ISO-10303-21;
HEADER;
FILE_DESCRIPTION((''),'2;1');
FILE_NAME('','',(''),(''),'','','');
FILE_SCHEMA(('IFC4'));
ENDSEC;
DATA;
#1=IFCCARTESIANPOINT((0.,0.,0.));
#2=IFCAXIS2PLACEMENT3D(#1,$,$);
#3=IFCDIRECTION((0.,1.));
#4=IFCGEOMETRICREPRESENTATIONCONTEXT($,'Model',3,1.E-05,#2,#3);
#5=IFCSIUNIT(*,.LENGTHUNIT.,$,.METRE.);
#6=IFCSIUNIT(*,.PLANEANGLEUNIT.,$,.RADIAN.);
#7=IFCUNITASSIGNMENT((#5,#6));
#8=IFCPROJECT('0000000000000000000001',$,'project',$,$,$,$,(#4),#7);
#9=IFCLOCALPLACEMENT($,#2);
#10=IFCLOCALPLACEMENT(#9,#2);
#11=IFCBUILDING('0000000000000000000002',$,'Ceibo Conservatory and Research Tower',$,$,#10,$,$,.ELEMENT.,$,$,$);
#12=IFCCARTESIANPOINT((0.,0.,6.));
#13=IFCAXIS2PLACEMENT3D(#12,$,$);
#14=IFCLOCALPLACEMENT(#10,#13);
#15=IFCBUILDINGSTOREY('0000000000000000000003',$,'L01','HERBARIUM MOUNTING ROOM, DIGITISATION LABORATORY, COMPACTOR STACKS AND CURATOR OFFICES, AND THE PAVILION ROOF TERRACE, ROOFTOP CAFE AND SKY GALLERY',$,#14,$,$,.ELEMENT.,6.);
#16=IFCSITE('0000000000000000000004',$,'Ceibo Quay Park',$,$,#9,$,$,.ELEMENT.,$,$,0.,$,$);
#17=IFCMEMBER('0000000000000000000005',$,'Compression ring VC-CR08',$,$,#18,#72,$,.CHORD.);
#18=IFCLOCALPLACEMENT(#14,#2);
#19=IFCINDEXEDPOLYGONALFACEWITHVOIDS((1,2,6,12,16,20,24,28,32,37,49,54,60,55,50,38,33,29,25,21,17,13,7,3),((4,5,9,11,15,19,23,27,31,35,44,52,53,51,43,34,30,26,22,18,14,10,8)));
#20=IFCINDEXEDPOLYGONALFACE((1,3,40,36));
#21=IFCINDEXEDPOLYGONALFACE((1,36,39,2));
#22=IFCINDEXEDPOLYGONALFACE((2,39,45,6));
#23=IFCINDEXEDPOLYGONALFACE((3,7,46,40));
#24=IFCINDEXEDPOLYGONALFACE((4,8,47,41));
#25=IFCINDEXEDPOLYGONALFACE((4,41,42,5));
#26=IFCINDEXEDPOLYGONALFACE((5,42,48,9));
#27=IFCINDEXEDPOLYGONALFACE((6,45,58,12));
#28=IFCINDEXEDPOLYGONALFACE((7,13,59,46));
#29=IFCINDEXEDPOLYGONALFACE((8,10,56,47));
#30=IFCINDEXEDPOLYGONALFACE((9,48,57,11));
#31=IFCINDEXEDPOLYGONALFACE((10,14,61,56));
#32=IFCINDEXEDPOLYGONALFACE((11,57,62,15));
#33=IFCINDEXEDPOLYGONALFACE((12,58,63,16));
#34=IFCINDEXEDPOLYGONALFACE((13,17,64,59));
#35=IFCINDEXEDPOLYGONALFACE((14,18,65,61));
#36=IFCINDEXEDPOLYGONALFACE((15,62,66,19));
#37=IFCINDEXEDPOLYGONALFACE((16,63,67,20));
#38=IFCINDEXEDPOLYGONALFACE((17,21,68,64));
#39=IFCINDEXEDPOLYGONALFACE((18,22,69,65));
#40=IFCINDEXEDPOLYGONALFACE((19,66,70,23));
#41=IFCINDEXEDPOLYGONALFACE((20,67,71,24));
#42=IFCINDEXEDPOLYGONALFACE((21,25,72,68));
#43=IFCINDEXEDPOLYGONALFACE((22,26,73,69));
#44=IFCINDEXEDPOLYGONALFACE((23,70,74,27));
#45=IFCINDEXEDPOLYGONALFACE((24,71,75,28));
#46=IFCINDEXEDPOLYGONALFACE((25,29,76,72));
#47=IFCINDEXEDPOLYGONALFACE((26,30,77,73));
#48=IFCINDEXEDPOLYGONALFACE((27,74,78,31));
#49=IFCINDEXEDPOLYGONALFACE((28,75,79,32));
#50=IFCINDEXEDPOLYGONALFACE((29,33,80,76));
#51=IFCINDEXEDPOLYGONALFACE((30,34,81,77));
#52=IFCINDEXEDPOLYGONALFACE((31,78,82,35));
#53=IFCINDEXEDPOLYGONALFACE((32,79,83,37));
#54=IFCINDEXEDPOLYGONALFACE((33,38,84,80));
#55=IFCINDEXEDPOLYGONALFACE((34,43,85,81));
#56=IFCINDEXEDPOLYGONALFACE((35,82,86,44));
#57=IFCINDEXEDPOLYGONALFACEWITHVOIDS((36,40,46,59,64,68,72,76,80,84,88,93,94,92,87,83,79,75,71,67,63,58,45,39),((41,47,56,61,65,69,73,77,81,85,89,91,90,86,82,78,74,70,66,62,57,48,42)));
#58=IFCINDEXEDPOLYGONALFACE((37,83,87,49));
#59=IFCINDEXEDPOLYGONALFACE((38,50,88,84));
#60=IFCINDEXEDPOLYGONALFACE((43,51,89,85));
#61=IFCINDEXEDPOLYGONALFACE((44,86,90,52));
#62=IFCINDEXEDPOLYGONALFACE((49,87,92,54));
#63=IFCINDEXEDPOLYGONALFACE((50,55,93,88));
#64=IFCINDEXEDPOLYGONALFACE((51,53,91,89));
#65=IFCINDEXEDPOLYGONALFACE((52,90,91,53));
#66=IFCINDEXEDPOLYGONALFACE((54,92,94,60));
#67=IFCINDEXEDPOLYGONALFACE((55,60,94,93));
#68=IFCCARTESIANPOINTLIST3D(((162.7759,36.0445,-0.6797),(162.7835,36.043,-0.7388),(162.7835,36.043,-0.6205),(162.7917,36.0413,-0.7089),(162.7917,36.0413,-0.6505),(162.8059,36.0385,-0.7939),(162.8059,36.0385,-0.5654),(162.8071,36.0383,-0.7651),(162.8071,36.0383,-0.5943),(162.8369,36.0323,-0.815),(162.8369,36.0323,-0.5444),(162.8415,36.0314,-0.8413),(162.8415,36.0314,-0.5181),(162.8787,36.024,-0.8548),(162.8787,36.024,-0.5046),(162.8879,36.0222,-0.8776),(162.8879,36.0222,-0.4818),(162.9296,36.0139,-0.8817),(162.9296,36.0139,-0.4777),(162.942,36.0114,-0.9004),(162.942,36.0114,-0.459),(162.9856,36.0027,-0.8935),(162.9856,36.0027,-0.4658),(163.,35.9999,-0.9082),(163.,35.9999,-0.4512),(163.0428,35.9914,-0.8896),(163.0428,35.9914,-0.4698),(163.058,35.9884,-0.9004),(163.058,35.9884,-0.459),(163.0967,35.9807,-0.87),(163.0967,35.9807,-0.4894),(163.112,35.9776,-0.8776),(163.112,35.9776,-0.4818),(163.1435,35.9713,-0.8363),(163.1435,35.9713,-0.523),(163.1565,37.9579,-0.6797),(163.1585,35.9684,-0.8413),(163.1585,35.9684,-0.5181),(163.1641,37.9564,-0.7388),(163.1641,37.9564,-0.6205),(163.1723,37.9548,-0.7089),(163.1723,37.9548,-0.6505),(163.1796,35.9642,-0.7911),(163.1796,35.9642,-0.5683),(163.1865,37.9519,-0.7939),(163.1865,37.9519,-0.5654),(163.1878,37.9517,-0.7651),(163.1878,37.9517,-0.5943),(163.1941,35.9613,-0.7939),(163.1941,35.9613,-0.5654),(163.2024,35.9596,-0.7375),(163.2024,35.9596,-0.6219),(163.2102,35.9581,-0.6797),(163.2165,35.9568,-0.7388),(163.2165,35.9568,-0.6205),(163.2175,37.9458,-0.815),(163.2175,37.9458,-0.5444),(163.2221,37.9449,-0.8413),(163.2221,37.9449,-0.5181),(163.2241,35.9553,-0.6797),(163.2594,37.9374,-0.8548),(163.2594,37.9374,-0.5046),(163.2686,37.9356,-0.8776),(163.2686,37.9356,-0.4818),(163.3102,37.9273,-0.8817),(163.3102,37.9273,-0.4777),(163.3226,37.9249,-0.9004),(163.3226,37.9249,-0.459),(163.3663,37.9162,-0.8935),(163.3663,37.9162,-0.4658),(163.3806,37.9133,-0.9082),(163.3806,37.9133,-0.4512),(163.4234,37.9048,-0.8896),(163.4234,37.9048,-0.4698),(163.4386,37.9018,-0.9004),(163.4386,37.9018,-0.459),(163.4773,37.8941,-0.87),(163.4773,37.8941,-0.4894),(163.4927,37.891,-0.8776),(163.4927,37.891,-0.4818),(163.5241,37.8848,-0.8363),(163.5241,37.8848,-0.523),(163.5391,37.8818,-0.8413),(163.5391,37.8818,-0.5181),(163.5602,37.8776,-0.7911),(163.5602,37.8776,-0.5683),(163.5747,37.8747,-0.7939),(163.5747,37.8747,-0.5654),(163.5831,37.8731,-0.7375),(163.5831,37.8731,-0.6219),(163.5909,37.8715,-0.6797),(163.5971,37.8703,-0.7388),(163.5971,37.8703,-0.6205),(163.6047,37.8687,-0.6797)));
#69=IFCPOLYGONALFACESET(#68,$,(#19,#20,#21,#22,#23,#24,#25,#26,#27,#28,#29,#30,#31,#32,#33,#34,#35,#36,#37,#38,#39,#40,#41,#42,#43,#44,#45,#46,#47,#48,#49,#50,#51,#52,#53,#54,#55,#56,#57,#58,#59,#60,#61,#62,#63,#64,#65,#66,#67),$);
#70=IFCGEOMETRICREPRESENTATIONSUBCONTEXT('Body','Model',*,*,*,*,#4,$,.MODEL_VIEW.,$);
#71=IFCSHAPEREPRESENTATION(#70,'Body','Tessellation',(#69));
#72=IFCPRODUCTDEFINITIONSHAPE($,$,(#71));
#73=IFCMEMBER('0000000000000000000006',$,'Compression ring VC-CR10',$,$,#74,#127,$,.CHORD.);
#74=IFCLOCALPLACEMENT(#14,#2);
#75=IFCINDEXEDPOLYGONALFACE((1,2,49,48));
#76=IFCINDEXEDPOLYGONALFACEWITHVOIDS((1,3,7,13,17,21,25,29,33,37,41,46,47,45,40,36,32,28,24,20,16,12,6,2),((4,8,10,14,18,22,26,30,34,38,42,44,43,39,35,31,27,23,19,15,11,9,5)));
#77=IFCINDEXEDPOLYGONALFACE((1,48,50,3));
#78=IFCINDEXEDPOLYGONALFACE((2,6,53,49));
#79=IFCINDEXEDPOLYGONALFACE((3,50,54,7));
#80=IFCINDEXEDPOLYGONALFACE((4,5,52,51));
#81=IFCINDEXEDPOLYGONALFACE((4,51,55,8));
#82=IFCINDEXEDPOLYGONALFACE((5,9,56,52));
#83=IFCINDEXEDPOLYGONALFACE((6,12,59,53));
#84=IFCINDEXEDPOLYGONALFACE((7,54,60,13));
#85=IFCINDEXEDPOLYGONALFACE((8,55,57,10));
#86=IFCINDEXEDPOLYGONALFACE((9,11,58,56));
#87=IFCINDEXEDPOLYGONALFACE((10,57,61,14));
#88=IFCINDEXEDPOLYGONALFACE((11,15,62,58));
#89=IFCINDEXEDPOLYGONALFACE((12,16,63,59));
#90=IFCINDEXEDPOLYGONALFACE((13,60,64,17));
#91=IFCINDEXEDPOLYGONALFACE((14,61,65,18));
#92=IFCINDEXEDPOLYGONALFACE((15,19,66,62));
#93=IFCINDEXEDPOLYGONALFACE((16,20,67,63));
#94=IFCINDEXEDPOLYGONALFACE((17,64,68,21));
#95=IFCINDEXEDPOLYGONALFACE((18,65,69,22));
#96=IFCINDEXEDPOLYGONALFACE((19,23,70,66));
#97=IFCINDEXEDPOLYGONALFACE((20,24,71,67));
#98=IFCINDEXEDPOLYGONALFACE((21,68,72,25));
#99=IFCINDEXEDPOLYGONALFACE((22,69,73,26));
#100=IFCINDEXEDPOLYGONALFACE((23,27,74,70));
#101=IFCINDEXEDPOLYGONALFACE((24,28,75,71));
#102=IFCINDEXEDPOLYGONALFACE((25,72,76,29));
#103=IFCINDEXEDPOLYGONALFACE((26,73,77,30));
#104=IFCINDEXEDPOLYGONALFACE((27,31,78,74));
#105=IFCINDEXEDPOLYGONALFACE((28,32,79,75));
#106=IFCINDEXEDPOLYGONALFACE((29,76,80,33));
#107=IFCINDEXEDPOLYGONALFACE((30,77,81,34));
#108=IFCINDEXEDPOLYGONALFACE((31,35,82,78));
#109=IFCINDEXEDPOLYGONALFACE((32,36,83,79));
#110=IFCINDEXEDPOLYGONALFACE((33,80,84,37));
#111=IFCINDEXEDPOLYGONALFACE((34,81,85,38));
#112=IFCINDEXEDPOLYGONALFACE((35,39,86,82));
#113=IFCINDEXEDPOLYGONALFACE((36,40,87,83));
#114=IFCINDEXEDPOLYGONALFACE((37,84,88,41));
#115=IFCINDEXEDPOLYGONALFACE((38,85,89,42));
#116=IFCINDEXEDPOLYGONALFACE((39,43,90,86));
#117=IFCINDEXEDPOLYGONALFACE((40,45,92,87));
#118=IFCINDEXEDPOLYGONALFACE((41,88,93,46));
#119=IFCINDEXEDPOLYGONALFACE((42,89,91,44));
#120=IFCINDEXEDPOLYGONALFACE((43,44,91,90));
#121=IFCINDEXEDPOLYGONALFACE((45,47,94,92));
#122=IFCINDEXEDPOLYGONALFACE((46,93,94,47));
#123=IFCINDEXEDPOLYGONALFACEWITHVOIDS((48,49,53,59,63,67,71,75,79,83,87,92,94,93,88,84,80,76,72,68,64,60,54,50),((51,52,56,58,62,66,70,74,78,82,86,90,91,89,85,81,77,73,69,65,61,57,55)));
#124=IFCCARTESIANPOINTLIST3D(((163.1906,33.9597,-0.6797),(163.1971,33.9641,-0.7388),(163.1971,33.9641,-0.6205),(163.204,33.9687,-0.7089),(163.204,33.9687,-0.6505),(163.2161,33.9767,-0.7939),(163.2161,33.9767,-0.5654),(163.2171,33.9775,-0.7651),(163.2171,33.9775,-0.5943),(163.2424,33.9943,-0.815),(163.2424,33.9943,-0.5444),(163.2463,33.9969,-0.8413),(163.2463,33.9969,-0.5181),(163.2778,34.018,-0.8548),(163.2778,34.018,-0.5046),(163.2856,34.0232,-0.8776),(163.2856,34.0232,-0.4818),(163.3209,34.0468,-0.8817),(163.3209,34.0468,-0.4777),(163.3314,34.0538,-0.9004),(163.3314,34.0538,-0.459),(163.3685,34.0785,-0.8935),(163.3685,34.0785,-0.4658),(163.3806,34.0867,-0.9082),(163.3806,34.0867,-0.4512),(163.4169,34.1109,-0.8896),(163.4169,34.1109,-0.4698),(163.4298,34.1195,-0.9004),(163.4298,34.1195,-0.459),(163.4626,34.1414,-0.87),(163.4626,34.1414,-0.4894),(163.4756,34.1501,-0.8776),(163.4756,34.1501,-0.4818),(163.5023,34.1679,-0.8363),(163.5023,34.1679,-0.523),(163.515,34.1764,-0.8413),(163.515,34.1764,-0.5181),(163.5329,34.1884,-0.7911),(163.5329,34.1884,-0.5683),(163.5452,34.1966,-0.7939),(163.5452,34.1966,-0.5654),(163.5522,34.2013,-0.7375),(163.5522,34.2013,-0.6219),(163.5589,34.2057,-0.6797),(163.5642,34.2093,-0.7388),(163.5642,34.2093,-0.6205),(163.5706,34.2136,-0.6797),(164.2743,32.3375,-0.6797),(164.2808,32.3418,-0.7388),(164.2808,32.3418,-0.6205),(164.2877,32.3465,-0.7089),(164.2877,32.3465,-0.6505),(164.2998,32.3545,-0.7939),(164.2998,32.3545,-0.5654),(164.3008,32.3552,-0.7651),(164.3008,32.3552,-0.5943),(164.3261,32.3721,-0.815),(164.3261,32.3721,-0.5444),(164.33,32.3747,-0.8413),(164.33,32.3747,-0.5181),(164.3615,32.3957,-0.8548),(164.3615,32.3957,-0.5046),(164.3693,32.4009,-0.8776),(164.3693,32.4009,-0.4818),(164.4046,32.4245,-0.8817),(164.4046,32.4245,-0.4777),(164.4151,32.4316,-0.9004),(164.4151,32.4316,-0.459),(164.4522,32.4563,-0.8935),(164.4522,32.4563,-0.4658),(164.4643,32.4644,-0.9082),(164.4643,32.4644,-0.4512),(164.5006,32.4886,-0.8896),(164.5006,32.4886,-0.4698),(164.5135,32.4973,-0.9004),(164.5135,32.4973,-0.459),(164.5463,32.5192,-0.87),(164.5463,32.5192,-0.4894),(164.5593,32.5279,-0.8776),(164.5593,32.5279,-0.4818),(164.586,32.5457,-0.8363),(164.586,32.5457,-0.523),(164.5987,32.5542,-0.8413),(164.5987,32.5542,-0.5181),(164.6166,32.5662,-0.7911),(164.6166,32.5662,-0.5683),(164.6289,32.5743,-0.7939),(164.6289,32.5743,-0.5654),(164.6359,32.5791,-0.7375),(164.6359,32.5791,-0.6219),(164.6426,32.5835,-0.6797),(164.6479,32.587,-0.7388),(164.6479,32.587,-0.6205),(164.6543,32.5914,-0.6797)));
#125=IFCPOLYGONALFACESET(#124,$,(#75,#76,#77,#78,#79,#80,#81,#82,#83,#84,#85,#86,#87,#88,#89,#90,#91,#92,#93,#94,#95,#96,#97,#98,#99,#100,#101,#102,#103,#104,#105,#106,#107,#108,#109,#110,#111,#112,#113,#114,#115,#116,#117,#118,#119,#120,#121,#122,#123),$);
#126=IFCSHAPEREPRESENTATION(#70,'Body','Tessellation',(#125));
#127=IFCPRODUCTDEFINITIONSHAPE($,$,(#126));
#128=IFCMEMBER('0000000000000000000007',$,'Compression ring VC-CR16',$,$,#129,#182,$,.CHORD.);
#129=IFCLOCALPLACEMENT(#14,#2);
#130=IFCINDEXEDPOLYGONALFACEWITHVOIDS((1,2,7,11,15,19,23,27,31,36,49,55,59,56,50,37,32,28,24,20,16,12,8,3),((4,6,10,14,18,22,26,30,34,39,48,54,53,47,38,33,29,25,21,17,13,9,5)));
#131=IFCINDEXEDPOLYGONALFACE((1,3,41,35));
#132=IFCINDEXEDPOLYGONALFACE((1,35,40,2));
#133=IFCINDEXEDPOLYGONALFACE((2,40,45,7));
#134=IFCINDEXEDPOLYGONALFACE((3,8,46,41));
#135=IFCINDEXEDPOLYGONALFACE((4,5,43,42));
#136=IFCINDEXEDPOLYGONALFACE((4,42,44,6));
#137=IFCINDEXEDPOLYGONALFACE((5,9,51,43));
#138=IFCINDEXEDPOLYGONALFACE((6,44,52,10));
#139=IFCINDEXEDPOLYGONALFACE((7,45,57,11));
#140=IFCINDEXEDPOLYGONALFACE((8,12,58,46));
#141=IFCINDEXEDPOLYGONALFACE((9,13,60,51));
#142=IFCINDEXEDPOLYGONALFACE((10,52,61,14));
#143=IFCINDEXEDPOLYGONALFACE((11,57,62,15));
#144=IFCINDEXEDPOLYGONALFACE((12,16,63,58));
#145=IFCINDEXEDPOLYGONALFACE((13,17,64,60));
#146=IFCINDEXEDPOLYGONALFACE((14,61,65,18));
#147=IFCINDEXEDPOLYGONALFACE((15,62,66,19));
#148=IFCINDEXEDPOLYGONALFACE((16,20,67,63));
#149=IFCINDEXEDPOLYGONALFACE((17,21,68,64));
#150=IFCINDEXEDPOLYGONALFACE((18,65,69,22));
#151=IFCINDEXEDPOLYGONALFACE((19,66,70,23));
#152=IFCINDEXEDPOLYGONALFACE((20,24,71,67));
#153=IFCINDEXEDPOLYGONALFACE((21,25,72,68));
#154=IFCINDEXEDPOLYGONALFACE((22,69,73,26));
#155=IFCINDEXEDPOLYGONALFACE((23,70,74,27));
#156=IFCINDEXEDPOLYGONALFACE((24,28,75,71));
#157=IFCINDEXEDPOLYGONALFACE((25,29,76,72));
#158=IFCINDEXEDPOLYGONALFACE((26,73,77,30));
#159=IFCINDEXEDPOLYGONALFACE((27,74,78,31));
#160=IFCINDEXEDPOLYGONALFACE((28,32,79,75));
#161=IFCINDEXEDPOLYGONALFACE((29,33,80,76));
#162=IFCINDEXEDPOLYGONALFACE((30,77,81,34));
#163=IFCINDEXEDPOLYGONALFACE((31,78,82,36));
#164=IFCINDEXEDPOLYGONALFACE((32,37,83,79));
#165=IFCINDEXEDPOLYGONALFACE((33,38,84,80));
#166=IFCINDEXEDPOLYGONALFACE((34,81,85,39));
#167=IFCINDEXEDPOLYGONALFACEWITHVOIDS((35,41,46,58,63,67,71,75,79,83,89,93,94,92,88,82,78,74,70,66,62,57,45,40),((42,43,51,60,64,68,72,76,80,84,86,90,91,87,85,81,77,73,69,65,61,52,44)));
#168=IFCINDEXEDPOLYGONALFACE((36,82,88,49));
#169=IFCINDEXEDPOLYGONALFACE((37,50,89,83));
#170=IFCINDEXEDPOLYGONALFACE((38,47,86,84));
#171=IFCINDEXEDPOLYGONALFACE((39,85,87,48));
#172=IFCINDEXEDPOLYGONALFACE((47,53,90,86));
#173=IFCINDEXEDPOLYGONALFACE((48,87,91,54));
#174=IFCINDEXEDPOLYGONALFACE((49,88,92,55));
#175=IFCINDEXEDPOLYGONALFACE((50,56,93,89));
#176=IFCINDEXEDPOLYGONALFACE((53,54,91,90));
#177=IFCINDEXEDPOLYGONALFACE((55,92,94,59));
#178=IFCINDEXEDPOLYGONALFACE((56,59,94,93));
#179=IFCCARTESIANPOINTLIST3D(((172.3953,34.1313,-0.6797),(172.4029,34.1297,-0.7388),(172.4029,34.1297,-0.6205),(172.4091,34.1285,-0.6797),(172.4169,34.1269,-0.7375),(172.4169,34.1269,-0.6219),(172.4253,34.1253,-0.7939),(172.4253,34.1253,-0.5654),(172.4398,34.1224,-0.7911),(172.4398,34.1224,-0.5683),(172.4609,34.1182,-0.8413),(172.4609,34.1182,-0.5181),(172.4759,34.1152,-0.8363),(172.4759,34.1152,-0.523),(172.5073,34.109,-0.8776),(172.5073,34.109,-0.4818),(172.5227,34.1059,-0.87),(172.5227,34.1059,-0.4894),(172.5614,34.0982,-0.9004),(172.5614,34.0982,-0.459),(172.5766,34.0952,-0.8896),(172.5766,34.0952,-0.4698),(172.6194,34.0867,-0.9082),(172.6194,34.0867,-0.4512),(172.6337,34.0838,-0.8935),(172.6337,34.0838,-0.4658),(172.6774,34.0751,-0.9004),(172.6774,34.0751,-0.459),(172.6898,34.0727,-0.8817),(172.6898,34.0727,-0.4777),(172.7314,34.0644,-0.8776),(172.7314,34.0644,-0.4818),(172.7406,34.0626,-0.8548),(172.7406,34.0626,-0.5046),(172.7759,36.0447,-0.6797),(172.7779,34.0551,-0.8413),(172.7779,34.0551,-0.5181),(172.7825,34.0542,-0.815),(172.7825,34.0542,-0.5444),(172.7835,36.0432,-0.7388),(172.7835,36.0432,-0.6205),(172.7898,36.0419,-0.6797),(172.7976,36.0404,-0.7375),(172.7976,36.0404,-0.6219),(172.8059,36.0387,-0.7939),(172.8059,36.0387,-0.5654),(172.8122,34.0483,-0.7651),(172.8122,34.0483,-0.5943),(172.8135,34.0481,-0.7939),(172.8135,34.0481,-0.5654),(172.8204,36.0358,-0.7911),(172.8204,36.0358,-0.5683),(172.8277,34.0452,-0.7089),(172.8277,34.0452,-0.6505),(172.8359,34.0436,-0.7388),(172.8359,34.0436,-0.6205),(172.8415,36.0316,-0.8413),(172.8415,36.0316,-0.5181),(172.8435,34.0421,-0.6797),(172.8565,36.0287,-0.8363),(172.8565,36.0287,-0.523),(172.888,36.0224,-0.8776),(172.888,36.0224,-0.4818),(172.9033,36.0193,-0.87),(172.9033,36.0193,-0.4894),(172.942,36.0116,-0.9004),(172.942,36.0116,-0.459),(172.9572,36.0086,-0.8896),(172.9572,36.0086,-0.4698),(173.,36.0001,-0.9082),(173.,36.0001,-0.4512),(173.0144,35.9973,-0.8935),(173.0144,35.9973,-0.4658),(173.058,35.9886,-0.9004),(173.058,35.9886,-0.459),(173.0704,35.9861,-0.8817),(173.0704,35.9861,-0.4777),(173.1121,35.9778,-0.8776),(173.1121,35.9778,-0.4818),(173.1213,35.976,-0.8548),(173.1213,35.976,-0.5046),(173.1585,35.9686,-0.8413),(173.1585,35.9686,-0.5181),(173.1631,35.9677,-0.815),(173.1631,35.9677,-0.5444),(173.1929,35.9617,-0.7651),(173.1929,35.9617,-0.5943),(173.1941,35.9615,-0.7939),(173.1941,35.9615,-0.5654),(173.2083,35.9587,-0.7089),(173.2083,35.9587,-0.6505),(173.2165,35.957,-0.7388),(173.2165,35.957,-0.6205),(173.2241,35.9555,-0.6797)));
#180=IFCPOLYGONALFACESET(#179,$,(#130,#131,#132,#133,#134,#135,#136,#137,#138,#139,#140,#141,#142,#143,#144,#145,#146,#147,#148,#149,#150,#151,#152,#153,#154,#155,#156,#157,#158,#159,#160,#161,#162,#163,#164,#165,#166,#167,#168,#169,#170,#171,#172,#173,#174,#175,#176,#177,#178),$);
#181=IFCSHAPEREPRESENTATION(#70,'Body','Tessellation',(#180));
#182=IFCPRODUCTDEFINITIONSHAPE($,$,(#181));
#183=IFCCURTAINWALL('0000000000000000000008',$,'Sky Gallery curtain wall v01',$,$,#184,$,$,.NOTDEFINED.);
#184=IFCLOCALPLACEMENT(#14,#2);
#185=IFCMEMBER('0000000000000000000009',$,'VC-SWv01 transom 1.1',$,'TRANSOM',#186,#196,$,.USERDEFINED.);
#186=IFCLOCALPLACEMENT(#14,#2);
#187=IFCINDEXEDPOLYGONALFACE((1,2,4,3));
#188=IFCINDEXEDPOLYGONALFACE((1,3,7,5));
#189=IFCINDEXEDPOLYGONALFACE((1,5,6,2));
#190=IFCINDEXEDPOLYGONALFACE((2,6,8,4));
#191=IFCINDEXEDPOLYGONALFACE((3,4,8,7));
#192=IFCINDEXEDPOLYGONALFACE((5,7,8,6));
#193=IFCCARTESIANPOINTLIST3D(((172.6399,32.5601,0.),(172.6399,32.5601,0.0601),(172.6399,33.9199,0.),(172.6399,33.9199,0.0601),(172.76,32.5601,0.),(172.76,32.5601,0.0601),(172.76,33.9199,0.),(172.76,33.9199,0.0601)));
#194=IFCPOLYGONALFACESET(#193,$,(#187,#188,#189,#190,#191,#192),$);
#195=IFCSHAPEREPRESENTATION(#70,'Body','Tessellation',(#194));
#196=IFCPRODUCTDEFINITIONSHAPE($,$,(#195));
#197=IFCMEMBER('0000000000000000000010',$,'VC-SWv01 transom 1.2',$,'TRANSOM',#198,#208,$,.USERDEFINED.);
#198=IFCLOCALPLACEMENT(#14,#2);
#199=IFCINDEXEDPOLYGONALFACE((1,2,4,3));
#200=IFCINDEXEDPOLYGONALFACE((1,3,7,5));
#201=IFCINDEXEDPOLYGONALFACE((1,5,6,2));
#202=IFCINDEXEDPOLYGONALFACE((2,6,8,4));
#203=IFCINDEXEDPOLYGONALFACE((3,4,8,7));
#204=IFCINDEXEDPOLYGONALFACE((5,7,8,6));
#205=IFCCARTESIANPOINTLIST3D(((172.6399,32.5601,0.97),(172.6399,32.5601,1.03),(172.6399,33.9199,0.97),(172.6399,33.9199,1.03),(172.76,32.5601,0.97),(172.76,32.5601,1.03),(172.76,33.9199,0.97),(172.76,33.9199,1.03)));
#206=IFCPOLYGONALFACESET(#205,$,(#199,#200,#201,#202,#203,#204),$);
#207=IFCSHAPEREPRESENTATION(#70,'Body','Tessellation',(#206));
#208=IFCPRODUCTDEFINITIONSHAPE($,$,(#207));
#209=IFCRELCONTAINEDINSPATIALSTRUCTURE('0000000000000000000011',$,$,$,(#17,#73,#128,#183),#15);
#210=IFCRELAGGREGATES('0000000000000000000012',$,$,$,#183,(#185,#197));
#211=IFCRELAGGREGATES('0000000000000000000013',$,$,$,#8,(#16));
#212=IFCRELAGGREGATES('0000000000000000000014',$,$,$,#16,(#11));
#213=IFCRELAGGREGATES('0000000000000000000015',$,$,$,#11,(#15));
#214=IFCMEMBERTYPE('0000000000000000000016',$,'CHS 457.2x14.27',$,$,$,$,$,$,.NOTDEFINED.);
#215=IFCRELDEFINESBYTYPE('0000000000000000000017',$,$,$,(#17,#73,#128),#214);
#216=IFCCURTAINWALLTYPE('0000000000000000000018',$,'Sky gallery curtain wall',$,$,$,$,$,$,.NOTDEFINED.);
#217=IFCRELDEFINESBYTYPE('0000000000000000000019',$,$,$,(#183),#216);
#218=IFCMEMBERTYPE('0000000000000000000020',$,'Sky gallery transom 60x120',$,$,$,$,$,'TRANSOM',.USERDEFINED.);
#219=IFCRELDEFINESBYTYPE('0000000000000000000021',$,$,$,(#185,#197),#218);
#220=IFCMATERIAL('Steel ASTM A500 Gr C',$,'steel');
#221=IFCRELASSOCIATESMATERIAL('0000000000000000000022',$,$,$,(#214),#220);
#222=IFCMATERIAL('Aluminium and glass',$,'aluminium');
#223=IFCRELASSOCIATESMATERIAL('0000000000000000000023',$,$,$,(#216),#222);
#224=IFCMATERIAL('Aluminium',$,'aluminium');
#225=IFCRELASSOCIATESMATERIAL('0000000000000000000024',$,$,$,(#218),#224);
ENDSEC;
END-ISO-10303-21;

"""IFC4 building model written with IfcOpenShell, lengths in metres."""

from ifc_helpers import new_model, si_unit, direction, frame, origin, origin_2d, place, context, subcontext, project, spatial, rectangle, hollow_circle, extrude, material, material_profile, profile_set, type_object, element, aggregate, save


model = new_model("IFC4")

# Units and contexts
model_context = context("Model", 3, precision=1e-05, world=origin(), true_north=direction((0.0, 1.0)))
body_context = subcontext(model_context, "Body", "Model", "MODEL_VIEW")
ifc_project = project(units=[si_unit("LENGTHUNIT", "METRE"), si_unit("PLANEANGLEUNIT", "RADIAN")], contexts=[model_context])

# Site, building, storey
site_placement = place(None, origin())
site = spatial("IfcSite", under=ifc_project, at=site_placement, Name="Ceibo Quay Park", CompositionType="ELEMENT", RefElevation=0.0)
building_placement = place(site_placement, origin())
building = spatial("IfcBuilding", under=site, at=building_placement, Name="Ceibo Conservatory and Research Tower", CompositionType="ELEMENT")
storey_placement = place(building_placement, frame((0.0, 0.0, 6.0)))
storey = spatial("IfcBuildingStorey", under=building, at=storey_placement, Name="L01", Description="HERBARIUM MOUNTING ROOM, DIGITISATION LABORATORY, COMPACTOR STACKS AND CURATOR OFFICES, AND THE PAVILION ROOF TERRACE, ROOFTOP CAFE AND SKY GALLERY", CompositionType="ELEMENT", Elevation=6.0)

# Members
ifc_material_1 = material(Name="Steel ASTM A500 Gr C", Category="steel")
ifc_material_profile_1 = material_profile(ifc_material_1, hollow_circle(Radius=0.2285, WallThickness=0.0142, at=origin_2d()), Name="CHS 457.2x14.27")
ifc_profile_set_1 = profile_set([ifc_material_profile_1], Name="Steel ASTM A500 Gr C")
member_type_1 = type_object("IfcMemberType", Name="CHS 457.2x14.27", PredefinedType="NOTDEFINED", material=ifc_profile_set_1)
for number, where, z_axis, x_axis, name in (
    (1, (163.3806, 37.9133, -0.6797), (-0.195105, -0.980782, 0.0), (0.980782, -0.195105, 0.0), "Compression ring VC-CR08"),
    (2, (163.3806, 34.0867, -0.6797), (0.55548, -0.83153, 0.0), (0.83153, 0.55548, 0.0), "Compression ring VC-CR10"),
    (3, (172.6194, 34.0867, -0.6797), (0.195105, 0.980782, 0.0), (-0.980782, 0.195105, 0.0), "Compression ring VC-CR16"),
):
    element("IfcMember", number, at=place(storey_placement, frame(where, z_axis=z_axis, x_axis=x_axis)), inside=storey, type_object=member_type_1, Name=name, PredefinedType="CHORD", context=body_context, shape_type="SweptSolid", body=[
        extrude(hollow_circle(Radius=0.2285, WallThickness=0.0142, at=origin_2d()), origin(), (0.0, 0.0, 1.0), 1.9509),
    ])

# Curtain wall, members
ifc_material_2 = material(Name="Aluminium and glass", Category="aluminium")
curtain_wall_type = type_object("IfcCurtainWallType", Name="Sky gallery curtain wall", PredefinedType="NOTDEFINED", material=ifc_material_2)
curtain_wall_placement = place(storey_placement, origin())
curtain_wall = element("IfcCurtainWall", 4, at=curtain_wall_placement, inside=storey, type_object=curtain_wall_type, Name="Sky Gallery curtain wall v01", PredefinedType="NOTDEFINED")
ifc_material_3 = material(Name="Aluminium", Category="aluminium")
ifc_material_profile_2 = material_profile(ifc_material_3, rectangle(XDim=0.1201, YDim=0.0601, at=origin_2d()), Name="AL 60x120")
ifc_profile_set_2 = profile_set([ifc_material_profile_2], Name="Aluminium")
member_type_2 = type_object("IfcMemberType", Name="Sky gallery transom 60x120", ElementType="TRANSOM", PredefinedType="USERDEFINED", material=ifc_profile_set_2)
member_1_placement = place(storey_placement, frame((172.7, 32.5601, 0.03), z_axis=(0.0, 1.0, 0.0), x_axis=(-1.0, 0.0, 0.0)))
member_1 = element("IfcMember", 5, at=member_1_placement, type_object=member_type_2, Name="VC-SWv01 transom 1.1", ObjectType="TRANSOM", PredefinedType="USERDEFINED", context=body_context, shape_type="SweptSolid", body=[
    extrude(rectangle(XDim=0.1201, YDim=0.0601, at=origin_2d()), origin(), (0.0, 0.0, 1.0), 1.3599),
])
member_2_placement = place(storey_placement, frame((172.7, 32.5601, 1.0), z_axis=(0.0, 1.0, 0.0), x_axis=(-1.0, 0.0, 0.0)))
member_2 = element("IfcMember", 6, at=member_2_placement, type_object=member_type_2, Name="VC-SWv01 transom 1.2", ObjectType="TRANSOM", PredefinedType="USERDEFINED", context=body_context, shape_type="SweptSolid", body=[
    extrude(rectangle(XDim=0.1201, YDim=0.0601, at=origin_2d()), origin(), (0.0, 0.0, 1.0), 1.3599),
])
aggregate(curtain_wall, [member_1, member_2])

save(model, "model.ifc")
